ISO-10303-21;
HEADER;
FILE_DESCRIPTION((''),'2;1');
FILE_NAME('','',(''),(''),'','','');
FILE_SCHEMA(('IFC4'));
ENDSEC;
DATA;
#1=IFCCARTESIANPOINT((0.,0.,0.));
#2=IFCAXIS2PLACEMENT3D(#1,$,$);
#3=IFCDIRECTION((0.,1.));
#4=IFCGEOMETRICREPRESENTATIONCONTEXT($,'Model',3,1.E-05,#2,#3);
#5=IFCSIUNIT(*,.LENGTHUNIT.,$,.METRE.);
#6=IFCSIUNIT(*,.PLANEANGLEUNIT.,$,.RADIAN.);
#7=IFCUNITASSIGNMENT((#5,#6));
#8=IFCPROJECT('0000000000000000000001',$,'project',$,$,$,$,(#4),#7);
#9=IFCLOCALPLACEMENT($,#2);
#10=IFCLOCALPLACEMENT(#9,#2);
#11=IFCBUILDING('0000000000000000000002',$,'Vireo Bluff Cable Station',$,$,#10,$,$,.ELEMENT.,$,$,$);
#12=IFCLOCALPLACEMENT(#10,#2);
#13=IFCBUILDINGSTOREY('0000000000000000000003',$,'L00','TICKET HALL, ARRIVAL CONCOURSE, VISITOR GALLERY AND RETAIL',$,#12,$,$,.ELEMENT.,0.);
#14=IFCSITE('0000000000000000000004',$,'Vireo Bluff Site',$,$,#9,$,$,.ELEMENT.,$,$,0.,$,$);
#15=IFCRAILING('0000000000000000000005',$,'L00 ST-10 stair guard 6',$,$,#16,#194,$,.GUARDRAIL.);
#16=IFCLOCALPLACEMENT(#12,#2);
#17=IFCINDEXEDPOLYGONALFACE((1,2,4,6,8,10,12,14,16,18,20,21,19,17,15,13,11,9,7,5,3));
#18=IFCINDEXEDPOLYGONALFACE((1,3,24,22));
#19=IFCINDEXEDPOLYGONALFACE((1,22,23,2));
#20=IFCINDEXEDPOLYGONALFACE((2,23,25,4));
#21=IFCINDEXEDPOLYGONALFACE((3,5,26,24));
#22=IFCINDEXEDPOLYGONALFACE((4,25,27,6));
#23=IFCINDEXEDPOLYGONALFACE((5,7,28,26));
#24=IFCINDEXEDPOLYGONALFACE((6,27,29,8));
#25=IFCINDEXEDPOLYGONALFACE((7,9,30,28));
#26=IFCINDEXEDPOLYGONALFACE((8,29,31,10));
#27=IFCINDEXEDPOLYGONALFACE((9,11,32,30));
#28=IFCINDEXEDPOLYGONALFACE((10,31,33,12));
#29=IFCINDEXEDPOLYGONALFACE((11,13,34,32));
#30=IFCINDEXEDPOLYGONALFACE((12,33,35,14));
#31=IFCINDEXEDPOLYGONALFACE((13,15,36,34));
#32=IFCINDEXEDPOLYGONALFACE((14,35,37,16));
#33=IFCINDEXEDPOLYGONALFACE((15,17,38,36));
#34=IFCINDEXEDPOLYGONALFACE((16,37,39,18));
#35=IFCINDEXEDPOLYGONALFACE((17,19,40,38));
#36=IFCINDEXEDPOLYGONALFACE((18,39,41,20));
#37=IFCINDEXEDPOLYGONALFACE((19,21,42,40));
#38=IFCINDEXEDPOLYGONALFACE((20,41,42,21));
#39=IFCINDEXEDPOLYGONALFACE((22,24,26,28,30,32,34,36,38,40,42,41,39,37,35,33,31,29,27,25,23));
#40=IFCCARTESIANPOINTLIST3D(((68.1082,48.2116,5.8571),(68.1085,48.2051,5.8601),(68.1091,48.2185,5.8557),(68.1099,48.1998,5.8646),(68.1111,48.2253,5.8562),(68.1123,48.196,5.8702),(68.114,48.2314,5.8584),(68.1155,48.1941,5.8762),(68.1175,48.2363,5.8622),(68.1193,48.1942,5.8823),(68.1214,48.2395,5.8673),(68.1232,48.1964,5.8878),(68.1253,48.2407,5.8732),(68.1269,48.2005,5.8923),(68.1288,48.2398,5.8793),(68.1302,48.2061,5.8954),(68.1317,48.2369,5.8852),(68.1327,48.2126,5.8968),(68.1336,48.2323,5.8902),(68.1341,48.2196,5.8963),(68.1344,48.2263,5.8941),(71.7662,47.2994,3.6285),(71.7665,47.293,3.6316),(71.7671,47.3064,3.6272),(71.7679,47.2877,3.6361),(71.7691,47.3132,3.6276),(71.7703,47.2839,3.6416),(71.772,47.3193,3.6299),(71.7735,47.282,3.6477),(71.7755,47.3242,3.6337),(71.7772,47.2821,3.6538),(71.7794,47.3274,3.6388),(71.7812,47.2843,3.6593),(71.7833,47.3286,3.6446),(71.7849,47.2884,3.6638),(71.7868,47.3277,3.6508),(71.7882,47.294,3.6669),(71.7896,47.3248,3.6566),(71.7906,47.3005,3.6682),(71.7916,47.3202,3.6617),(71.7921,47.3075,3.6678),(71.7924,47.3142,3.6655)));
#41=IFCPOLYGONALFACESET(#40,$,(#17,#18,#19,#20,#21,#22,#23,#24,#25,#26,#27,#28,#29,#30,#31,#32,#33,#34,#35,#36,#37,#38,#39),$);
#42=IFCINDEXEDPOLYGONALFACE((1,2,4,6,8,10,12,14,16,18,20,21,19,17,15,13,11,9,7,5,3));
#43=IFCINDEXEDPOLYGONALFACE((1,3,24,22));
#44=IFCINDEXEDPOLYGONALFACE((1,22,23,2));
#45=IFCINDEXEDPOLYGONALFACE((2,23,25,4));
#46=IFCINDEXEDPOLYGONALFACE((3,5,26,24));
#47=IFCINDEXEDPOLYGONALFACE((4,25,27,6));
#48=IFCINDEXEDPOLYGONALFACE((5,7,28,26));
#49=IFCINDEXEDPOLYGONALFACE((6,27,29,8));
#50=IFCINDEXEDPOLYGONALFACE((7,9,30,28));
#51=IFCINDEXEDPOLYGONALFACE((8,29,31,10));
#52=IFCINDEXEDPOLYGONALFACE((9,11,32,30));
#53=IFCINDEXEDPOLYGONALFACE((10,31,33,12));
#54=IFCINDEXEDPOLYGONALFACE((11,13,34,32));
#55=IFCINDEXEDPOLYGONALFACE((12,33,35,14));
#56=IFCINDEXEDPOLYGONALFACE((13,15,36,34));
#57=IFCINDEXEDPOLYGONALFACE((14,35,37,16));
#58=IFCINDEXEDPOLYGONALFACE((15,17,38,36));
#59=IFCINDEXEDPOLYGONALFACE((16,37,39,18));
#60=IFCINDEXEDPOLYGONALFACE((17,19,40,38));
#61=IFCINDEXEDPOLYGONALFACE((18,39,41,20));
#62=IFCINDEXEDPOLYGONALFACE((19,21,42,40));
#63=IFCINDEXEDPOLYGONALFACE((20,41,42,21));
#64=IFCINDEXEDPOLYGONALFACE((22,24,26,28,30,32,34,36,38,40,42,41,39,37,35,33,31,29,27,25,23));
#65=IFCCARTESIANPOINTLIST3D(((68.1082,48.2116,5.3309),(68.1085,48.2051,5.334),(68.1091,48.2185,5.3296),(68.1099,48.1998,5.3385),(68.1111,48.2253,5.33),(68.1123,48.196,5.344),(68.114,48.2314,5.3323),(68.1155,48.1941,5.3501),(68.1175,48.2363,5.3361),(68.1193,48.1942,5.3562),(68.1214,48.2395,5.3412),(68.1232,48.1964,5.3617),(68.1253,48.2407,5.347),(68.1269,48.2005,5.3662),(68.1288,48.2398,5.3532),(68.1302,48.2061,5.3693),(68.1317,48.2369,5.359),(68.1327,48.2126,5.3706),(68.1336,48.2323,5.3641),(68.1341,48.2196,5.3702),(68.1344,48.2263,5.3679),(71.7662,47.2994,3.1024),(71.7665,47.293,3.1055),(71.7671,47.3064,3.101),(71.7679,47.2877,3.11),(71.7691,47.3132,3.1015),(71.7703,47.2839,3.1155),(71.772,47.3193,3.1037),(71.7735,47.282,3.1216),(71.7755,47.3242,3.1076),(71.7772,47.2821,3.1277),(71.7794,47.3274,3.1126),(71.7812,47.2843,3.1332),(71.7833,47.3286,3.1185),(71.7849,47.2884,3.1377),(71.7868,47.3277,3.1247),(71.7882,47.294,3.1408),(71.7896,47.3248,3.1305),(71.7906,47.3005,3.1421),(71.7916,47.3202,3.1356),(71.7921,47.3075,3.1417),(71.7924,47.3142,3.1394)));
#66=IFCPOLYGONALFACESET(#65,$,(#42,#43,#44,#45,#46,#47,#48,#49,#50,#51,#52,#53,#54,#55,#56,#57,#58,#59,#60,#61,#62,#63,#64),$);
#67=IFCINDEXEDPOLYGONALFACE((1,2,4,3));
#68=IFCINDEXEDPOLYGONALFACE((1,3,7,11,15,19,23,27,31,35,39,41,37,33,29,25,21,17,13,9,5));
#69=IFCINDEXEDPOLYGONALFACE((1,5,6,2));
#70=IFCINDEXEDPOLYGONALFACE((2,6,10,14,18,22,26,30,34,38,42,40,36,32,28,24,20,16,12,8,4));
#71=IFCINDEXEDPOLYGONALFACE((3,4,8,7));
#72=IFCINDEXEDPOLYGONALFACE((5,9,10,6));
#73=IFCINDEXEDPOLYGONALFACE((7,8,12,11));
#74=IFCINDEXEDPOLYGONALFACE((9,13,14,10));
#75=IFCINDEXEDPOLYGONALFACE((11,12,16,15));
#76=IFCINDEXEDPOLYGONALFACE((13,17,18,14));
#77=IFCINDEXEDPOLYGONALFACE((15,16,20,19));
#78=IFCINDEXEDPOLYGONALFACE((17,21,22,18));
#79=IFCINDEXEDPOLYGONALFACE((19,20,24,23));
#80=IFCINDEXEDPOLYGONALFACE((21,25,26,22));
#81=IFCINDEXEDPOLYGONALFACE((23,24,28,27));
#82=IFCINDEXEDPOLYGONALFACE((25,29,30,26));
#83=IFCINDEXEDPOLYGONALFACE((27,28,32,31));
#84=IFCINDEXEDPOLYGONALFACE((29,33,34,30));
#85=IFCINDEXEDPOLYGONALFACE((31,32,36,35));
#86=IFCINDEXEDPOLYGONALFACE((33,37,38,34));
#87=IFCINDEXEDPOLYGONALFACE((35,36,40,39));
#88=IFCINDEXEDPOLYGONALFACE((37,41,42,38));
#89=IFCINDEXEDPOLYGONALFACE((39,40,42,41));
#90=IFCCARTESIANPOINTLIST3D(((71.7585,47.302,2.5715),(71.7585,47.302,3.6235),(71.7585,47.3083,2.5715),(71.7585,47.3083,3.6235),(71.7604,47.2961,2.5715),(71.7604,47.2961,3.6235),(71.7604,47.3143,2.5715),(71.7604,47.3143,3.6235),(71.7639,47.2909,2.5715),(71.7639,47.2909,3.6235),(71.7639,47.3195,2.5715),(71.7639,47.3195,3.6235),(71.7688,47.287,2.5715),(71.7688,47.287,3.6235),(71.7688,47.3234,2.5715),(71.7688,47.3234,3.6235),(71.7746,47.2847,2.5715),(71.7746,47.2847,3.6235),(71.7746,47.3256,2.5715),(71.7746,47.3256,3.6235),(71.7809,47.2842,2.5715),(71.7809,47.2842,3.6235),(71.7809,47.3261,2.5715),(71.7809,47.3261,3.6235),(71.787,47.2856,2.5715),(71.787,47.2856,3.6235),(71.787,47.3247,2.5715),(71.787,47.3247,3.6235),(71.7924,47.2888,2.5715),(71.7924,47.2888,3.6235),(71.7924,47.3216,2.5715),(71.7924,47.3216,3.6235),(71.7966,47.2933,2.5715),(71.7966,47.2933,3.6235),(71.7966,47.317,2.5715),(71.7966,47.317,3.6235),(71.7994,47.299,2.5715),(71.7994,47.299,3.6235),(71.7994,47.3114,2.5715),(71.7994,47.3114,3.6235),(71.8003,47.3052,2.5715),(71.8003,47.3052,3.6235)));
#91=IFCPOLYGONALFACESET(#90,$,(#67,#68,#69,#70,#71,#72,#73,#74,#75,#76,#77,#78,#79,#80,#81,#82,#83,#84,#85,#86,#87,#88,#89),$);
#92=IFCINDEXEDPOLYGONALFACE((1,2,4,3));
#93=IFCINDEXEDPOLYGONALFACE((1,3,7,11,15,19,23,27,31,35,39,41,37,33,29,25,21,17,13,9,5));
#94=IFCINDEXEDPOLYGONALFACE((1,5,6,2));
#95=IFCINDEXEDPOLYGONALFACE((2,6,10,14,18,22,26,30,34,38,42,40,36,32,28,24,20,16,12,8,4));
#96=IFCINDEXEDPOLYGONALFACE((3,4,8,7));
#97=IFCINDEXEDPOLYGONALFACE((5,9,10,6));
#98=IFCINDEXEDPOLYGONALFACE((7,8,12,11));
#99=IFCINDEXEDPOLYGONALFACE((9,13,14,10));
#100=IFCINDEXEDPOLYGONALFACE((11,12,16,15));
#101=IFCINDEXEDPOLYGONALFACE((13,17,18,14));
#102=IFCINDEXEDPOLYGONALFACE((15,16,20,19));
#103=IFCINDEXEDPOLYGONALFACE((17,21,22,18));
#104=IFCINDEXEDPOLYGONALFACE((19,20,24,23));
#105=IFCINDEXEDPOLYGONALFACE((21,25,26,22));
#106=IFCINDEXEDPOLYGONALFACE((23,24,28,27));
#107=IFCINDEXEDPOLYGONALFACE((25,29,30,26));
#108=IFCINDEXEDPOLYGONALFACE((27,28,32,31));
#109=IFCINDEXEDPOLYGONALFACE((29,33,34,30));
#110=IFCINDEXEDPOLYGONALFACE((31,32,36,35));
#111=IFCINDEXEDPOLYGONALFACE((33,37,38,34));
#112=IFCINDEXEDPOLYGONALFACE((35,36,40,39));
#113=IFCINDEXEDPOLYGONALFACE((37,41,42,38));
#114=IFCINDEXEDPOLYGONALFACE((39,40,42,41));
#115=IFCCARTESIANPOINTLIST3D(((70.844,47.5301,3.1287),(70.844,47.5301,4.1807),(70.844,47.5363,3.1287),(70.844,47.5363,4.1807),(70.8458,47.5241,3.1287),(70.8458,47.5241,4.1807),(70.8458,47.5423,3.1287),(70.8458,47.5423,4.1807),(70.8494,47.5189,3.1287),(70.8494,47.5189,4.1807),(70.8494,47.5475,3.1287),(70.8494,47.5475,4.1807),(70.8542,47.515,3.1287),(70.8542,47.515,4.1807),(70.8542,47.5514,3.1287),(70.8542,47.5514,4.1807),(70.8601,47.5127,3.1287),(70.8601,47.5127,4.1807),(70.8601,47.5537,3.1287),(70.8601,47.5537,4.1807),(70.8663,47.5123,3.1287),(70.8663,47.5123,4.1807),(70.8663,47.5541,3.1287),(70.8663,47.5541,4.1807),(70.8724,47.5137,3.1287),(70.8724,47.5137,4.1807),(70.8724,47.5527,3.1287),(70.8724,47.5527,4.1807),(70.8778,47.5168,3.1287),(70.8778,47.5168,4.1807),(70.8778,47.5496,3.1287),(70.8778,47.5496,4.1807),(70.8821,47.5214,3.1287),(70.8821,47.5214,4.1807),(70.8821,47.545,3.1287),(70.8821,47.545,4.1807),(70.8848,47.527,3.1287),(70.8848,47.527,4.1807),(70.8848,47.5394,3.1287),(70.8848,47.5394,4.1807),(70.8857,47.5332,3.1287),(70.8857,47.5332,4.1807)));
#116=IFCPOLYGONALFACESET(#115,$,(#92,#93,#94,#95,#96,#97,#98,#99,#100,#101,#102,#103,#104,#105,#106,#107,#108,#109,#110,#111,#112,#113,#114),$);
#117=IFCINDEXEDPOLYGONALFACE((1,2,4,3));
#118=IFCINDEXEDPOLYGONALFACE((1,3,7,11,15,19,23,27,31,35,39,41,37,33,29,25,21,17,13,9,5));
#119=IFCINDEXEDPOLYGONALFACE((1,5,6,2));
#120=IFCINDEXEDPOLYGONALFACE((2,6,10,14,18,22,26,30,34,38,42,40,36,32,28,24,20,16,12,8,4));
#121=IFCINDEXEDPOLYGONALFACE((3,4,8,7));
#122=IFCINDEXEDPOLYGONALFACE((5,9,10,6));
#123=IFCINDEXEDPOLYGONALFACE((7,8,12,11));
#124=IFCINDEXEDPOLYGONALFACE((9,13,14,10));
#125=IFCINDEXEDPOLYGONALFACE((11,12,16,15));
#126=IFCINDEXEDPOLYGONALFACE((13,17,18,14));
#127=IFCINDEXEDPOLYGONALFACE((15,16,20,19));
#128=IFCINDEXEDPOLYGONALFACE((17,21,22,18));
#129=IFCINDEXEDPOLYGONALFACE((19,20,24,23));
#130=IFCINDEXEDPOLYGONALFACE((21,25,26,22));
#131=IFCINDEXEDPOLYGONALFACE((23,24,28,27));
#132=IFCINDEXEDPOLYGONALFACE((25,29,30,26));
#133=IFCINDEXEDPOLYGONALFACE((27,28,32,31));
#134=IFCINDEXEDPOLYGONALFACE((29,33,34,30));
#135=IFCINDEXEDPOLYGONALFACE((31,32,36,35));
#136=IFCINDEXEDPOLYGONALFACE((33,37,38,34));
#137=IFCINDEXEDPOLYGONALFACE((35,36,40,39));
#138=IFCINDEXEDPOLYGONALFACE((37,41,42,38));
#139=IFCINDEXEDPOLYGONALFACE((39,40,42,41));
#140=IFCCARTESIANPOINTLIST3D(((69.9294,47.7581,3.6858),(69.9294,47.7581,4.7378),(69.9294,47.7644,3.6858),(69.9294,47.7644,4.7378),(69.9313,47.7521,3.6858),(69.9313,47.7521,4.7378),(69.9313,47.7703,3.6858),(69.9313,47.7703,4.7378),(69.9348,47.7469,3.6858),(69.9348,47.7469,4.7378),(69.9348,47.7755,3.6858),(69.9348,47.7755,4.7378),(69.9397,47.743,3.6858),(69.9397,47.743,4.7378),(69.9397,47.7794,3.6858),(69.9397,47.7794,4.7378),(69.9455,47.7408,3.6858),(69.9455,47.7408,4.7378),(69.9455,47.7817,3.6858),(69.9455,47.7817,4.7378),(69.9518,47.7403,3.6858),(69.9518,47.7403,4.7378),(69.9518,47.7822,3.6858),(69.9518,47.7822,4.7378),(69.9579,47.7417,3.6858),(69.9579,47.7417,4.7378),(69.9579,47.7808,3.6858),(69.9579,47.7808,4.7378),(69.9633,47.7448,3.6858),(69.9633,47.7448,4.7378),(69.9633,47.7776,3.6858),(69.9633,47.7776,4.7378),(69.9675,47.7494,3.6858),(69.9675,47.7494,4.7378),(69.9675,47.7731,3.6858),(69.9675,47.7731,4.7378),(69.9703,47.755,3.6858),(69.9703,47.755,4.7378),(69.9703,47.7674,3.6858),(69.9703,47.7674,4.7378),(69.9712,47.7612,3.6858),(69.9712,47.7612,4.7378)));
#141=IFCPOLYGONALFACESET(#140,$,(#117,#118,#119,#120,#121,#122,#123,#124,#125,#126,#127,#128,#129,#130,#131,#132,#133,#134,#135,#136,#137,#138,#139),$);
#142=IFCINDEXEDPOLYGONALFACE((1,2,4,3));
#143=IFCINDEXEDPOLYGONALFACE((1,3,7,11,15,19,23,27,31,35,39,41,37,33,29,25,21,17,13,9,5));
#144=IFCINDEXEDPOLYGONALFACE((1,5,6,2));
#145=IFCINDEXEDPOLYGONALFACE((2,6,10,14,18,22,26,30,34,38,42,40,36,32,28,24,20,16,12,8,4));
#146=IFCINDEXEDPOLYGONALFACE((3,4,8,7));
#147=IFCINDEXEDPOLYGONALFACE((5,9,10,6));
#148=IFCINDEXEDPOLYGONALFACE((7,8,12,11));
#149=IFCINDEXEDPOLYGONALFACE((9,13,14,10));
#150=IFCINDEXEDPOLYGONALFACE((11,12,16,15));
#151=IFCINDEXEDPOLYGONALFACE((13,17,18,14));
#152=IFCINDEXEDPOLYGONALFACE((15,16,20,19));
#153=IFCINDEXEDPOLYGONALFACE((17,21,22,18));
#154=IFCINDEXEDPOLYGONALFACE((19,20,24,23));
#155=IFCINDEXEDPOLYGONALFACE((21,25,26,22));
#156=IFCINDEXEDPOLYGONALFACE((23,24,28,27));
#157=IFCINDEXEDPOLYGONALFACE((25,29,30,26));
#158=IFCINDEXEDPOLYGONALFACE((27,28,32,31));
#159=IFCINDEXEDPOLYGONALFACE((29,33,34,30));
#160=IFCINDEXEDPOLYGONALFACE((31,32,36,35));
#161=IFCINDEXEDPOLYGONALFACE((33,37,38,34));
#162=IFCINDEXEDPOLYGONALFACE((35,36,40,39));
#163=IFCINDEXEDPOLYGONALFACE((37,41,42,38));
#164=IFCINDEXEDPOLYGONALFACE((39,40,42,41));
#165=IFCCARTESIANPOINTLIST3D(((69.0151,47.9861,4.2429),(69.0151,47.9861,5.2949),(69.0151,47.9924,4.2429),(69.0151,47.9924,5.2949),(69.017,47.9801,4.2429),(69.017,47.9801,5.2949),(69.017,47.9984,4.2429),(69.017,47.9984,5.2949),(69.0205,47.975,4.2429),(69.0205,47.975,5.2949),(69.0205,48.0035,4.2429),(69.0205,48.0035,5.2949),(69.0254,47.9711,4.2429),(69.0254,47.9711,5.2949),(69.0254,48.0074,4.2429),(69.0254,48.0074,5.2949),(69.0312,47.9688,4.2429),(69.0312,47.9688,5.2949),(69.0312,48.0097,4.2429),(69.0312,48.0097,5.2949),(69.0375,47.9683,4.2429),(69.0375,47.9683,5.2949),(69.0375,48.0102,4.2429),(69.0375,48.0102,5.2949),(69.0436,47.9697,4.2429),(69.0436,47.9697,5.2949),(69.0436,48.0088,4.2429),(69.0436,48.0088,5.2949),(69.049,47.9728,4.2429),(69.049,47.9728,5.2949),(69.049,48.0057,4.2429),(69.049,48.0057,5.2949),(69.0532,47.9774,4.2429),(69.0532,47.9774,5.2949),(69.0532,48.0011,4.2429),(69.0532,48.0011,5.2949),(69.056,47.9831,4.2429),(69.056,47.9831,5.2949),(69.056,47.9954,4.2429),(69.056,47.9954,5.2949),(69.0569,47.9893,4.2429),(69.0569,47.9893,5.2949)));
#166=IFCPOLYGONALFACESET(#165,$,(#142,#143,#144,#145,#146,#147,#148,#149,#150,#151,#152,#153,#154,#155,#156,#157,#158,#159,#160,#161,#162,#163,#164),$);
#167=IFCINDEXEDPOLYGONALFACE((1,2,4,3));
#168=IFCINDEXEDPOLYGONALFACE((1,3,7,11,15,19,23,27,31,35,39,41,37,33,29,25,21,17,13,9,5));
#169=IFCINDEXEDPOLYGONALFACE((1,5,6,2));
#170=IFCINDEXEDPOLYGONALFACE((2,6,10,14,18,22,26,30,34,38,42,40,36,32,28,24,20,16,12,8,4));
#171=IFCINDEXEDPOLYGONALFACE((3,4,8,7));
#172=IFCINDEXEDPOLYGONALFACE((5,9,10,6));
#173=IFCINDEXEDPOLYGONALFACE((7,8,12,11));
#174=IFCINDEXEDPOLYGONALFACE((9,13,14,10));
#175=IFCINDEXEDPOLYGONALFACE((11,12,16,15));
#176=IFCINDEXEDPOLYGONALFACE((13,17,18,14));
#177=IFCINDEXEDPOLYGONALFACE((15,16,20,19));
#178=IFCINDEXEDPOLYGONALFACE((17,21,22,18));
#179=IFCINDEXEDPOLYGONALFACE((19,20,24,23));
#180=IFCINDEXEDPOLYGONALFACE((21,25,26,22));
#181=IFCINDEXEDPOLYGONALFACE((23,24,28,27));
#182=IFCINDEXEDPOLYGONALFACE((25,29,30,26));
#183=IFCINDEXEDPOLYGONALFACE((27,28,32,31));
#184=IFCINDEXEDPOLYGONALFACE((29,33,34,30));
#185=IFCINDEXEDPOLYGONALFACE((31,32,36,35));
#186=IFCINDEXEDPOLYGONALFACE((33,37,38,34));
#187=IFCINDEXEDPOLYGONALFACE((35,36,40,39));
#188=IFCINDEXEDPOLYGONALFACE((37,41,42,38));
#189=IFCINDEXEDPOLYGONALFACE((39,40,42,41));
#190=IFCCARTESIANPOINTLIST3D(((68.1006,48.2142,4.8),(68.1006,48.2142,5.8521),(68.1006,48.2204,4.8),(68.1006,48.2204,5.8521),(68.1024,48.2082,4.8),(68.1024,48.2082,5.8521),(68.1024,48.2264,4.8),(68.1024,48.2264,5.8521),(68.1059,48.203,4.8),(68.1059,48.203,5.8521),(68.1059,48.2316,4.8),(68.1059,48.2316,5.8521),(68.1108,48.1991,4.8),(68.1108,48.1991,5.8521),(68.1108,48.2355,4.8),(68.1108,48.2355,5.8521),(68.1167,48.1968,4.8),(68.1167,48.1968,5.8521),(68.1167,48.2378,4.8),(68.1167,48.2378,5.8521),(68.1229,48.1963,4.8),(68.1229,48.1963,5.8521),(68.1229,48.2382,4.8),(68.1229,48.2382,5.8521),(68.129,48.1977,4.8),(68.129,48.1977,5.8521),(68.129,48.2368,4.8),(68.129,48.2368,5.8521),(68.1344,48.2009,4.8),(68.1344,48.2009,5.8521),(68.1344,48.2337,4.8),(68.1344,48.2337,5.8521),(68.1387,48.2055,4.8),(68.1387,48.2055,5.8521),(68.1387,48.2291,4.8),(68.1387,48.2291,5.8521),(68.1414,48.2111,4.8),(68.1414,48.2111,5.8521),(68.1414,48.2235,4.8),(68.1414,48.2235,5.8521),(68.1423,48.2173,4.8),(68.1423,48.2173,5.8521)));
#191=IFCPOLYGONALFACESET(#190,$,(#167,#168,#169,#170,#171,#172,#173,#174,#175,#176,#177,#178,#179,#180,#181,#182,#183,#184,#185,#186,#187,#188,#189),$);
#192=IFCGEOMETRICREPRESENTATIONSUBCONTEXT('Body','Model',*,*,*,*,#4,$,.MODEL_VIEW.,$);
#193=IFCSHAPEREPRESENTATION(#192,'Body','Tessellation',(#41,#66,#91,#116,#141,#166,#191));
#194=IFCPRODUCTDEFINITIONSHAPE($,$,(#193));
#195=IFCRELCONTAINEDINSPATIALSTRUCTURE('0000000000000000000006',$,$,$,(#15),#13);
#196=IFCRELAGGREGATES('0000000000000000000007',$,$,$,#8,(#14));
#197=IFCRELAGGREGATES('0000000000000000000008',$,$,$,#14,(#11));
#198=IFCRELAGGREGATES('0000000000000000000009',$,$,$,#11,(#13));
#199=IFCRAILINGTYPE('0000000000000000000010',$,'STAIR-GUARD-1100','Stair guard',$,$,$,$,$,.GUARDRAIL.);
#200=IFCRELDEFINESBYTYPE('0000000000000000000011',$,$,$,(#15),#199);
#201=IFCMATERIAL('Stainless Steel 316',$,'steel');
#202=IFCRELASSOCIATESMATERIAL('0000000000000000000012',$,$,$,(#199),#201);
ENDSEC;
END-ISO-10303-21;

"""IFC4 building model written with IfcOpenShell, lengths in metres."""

from ifc_helpers import new_model, si_unit, direction, frame, origin, origin_2d, place, context, subcontext, project, spatial, circle, extrude, material, type_object, element, save


model = new_model("IFC4")

# Units and contexts
model_context = context("Model", 3, precision=1e-05, world=origin(), true_north=direction((0.0, 1.0)))
body_context = subcontext(model_context, "Body", "Model", "MODEL_VIEW")
ifc_project = project(units=[si_unit("LENGTHUNIT", "METRE"), si_unit("PLANEANGLEUNIT", "RADIAN")], contexts=[model_context])

# Site, building, storey
site_placement = place(None, origin())
site = spatial("IfcSite", under=ifc_project, at=site_placement, Name="Vireo Bluff Site", CompositionType="ELEMENT", RefElevation=0.0)
building_placement = place(site_placement, origin())
building = spatial("IfcBuilding", under=site, at=building_placement, Name="Vireo Bluff Cable Station", CompositionType="ELEMENT")
storey_placement = place(building_placement, origin())
storey = spatial("IfcBuildingStorey", under=building, at=storey_placement, Name="L00", Description="TICKET HALL, ARRIVAL CONCOURSE, VISITOR GALLERY AND RETAIL", CompositionType="ELEMENT", Elevation=0.0)

# Railing
ifc_material_1 = material(Name="Stainless Steel 316", Category="steel")
railing_type_1 = type_object("IfcRailingType", Name="STAIR-GUARD-1100", Description="Stair guard", PredefinedType="GUARDRAIL", material=ifc_material_1)
railing_1_placement = place(storey_placement, frame((71.7793, 47.3052, 2.5715)))
element("IfcRailing", 1, at=railing_1_placement, inside=storey, type_object=railing_type_1, Name="L00 ST-10 stair guard 6", PredefinedType="GUARDRAIL", context=body_context, shape_type="SweptSolid", body=[
    extrude(circle(Radius=0.0239, at=origin_2d()), frame((0.0, 0.0, 1.0762), z_axis=(-0.83527, 0.208274, 0.508867), x_axis=(-0.241941, -0.970291, 0.0)), (0.0, 0.0, 1.0), 4.3794),
    extrude(circle(Radius=0.0239, at=origin_2d()), frame((0.0, 0.0, 0.55), z_axis=(-0.83527, 0.208274, 0.508867), x_axis=(-0.241941, -0.970291, 0.0)), (0.0, 0.0, 1.0), 4.3794),
    extrude(circle(Radius=0.021, at=origin_2d()), origin(), (0.0, 0.0, 1.0), 1.052),
    extrude(circle(Radius=0.021, at=origin_2d()), frame((-0.9146, 0.228, 0.5571)), (0.0, 0.0, 1.0), 1.052),
    extrude(circle(Radius=0.021, at=origin_2d()), frame((-1.8291, 0.4561, 1.1143)), (0.0, 0.0, 1.0), 1.052),
    extrude(circle(Radius=0.021, at=origin_2d()), frame((-2.7434, 0.6841, 1.6714)), (0.0, 0.0, 1.0), 1.052),
    extrude(circle(Radius=0.021, at=origin_2d()), frame((-3.658, 0.9121, 2.2285)), (0.0, 0.0, 1.0), 1.052),
])

save(model, "model.ifc")
